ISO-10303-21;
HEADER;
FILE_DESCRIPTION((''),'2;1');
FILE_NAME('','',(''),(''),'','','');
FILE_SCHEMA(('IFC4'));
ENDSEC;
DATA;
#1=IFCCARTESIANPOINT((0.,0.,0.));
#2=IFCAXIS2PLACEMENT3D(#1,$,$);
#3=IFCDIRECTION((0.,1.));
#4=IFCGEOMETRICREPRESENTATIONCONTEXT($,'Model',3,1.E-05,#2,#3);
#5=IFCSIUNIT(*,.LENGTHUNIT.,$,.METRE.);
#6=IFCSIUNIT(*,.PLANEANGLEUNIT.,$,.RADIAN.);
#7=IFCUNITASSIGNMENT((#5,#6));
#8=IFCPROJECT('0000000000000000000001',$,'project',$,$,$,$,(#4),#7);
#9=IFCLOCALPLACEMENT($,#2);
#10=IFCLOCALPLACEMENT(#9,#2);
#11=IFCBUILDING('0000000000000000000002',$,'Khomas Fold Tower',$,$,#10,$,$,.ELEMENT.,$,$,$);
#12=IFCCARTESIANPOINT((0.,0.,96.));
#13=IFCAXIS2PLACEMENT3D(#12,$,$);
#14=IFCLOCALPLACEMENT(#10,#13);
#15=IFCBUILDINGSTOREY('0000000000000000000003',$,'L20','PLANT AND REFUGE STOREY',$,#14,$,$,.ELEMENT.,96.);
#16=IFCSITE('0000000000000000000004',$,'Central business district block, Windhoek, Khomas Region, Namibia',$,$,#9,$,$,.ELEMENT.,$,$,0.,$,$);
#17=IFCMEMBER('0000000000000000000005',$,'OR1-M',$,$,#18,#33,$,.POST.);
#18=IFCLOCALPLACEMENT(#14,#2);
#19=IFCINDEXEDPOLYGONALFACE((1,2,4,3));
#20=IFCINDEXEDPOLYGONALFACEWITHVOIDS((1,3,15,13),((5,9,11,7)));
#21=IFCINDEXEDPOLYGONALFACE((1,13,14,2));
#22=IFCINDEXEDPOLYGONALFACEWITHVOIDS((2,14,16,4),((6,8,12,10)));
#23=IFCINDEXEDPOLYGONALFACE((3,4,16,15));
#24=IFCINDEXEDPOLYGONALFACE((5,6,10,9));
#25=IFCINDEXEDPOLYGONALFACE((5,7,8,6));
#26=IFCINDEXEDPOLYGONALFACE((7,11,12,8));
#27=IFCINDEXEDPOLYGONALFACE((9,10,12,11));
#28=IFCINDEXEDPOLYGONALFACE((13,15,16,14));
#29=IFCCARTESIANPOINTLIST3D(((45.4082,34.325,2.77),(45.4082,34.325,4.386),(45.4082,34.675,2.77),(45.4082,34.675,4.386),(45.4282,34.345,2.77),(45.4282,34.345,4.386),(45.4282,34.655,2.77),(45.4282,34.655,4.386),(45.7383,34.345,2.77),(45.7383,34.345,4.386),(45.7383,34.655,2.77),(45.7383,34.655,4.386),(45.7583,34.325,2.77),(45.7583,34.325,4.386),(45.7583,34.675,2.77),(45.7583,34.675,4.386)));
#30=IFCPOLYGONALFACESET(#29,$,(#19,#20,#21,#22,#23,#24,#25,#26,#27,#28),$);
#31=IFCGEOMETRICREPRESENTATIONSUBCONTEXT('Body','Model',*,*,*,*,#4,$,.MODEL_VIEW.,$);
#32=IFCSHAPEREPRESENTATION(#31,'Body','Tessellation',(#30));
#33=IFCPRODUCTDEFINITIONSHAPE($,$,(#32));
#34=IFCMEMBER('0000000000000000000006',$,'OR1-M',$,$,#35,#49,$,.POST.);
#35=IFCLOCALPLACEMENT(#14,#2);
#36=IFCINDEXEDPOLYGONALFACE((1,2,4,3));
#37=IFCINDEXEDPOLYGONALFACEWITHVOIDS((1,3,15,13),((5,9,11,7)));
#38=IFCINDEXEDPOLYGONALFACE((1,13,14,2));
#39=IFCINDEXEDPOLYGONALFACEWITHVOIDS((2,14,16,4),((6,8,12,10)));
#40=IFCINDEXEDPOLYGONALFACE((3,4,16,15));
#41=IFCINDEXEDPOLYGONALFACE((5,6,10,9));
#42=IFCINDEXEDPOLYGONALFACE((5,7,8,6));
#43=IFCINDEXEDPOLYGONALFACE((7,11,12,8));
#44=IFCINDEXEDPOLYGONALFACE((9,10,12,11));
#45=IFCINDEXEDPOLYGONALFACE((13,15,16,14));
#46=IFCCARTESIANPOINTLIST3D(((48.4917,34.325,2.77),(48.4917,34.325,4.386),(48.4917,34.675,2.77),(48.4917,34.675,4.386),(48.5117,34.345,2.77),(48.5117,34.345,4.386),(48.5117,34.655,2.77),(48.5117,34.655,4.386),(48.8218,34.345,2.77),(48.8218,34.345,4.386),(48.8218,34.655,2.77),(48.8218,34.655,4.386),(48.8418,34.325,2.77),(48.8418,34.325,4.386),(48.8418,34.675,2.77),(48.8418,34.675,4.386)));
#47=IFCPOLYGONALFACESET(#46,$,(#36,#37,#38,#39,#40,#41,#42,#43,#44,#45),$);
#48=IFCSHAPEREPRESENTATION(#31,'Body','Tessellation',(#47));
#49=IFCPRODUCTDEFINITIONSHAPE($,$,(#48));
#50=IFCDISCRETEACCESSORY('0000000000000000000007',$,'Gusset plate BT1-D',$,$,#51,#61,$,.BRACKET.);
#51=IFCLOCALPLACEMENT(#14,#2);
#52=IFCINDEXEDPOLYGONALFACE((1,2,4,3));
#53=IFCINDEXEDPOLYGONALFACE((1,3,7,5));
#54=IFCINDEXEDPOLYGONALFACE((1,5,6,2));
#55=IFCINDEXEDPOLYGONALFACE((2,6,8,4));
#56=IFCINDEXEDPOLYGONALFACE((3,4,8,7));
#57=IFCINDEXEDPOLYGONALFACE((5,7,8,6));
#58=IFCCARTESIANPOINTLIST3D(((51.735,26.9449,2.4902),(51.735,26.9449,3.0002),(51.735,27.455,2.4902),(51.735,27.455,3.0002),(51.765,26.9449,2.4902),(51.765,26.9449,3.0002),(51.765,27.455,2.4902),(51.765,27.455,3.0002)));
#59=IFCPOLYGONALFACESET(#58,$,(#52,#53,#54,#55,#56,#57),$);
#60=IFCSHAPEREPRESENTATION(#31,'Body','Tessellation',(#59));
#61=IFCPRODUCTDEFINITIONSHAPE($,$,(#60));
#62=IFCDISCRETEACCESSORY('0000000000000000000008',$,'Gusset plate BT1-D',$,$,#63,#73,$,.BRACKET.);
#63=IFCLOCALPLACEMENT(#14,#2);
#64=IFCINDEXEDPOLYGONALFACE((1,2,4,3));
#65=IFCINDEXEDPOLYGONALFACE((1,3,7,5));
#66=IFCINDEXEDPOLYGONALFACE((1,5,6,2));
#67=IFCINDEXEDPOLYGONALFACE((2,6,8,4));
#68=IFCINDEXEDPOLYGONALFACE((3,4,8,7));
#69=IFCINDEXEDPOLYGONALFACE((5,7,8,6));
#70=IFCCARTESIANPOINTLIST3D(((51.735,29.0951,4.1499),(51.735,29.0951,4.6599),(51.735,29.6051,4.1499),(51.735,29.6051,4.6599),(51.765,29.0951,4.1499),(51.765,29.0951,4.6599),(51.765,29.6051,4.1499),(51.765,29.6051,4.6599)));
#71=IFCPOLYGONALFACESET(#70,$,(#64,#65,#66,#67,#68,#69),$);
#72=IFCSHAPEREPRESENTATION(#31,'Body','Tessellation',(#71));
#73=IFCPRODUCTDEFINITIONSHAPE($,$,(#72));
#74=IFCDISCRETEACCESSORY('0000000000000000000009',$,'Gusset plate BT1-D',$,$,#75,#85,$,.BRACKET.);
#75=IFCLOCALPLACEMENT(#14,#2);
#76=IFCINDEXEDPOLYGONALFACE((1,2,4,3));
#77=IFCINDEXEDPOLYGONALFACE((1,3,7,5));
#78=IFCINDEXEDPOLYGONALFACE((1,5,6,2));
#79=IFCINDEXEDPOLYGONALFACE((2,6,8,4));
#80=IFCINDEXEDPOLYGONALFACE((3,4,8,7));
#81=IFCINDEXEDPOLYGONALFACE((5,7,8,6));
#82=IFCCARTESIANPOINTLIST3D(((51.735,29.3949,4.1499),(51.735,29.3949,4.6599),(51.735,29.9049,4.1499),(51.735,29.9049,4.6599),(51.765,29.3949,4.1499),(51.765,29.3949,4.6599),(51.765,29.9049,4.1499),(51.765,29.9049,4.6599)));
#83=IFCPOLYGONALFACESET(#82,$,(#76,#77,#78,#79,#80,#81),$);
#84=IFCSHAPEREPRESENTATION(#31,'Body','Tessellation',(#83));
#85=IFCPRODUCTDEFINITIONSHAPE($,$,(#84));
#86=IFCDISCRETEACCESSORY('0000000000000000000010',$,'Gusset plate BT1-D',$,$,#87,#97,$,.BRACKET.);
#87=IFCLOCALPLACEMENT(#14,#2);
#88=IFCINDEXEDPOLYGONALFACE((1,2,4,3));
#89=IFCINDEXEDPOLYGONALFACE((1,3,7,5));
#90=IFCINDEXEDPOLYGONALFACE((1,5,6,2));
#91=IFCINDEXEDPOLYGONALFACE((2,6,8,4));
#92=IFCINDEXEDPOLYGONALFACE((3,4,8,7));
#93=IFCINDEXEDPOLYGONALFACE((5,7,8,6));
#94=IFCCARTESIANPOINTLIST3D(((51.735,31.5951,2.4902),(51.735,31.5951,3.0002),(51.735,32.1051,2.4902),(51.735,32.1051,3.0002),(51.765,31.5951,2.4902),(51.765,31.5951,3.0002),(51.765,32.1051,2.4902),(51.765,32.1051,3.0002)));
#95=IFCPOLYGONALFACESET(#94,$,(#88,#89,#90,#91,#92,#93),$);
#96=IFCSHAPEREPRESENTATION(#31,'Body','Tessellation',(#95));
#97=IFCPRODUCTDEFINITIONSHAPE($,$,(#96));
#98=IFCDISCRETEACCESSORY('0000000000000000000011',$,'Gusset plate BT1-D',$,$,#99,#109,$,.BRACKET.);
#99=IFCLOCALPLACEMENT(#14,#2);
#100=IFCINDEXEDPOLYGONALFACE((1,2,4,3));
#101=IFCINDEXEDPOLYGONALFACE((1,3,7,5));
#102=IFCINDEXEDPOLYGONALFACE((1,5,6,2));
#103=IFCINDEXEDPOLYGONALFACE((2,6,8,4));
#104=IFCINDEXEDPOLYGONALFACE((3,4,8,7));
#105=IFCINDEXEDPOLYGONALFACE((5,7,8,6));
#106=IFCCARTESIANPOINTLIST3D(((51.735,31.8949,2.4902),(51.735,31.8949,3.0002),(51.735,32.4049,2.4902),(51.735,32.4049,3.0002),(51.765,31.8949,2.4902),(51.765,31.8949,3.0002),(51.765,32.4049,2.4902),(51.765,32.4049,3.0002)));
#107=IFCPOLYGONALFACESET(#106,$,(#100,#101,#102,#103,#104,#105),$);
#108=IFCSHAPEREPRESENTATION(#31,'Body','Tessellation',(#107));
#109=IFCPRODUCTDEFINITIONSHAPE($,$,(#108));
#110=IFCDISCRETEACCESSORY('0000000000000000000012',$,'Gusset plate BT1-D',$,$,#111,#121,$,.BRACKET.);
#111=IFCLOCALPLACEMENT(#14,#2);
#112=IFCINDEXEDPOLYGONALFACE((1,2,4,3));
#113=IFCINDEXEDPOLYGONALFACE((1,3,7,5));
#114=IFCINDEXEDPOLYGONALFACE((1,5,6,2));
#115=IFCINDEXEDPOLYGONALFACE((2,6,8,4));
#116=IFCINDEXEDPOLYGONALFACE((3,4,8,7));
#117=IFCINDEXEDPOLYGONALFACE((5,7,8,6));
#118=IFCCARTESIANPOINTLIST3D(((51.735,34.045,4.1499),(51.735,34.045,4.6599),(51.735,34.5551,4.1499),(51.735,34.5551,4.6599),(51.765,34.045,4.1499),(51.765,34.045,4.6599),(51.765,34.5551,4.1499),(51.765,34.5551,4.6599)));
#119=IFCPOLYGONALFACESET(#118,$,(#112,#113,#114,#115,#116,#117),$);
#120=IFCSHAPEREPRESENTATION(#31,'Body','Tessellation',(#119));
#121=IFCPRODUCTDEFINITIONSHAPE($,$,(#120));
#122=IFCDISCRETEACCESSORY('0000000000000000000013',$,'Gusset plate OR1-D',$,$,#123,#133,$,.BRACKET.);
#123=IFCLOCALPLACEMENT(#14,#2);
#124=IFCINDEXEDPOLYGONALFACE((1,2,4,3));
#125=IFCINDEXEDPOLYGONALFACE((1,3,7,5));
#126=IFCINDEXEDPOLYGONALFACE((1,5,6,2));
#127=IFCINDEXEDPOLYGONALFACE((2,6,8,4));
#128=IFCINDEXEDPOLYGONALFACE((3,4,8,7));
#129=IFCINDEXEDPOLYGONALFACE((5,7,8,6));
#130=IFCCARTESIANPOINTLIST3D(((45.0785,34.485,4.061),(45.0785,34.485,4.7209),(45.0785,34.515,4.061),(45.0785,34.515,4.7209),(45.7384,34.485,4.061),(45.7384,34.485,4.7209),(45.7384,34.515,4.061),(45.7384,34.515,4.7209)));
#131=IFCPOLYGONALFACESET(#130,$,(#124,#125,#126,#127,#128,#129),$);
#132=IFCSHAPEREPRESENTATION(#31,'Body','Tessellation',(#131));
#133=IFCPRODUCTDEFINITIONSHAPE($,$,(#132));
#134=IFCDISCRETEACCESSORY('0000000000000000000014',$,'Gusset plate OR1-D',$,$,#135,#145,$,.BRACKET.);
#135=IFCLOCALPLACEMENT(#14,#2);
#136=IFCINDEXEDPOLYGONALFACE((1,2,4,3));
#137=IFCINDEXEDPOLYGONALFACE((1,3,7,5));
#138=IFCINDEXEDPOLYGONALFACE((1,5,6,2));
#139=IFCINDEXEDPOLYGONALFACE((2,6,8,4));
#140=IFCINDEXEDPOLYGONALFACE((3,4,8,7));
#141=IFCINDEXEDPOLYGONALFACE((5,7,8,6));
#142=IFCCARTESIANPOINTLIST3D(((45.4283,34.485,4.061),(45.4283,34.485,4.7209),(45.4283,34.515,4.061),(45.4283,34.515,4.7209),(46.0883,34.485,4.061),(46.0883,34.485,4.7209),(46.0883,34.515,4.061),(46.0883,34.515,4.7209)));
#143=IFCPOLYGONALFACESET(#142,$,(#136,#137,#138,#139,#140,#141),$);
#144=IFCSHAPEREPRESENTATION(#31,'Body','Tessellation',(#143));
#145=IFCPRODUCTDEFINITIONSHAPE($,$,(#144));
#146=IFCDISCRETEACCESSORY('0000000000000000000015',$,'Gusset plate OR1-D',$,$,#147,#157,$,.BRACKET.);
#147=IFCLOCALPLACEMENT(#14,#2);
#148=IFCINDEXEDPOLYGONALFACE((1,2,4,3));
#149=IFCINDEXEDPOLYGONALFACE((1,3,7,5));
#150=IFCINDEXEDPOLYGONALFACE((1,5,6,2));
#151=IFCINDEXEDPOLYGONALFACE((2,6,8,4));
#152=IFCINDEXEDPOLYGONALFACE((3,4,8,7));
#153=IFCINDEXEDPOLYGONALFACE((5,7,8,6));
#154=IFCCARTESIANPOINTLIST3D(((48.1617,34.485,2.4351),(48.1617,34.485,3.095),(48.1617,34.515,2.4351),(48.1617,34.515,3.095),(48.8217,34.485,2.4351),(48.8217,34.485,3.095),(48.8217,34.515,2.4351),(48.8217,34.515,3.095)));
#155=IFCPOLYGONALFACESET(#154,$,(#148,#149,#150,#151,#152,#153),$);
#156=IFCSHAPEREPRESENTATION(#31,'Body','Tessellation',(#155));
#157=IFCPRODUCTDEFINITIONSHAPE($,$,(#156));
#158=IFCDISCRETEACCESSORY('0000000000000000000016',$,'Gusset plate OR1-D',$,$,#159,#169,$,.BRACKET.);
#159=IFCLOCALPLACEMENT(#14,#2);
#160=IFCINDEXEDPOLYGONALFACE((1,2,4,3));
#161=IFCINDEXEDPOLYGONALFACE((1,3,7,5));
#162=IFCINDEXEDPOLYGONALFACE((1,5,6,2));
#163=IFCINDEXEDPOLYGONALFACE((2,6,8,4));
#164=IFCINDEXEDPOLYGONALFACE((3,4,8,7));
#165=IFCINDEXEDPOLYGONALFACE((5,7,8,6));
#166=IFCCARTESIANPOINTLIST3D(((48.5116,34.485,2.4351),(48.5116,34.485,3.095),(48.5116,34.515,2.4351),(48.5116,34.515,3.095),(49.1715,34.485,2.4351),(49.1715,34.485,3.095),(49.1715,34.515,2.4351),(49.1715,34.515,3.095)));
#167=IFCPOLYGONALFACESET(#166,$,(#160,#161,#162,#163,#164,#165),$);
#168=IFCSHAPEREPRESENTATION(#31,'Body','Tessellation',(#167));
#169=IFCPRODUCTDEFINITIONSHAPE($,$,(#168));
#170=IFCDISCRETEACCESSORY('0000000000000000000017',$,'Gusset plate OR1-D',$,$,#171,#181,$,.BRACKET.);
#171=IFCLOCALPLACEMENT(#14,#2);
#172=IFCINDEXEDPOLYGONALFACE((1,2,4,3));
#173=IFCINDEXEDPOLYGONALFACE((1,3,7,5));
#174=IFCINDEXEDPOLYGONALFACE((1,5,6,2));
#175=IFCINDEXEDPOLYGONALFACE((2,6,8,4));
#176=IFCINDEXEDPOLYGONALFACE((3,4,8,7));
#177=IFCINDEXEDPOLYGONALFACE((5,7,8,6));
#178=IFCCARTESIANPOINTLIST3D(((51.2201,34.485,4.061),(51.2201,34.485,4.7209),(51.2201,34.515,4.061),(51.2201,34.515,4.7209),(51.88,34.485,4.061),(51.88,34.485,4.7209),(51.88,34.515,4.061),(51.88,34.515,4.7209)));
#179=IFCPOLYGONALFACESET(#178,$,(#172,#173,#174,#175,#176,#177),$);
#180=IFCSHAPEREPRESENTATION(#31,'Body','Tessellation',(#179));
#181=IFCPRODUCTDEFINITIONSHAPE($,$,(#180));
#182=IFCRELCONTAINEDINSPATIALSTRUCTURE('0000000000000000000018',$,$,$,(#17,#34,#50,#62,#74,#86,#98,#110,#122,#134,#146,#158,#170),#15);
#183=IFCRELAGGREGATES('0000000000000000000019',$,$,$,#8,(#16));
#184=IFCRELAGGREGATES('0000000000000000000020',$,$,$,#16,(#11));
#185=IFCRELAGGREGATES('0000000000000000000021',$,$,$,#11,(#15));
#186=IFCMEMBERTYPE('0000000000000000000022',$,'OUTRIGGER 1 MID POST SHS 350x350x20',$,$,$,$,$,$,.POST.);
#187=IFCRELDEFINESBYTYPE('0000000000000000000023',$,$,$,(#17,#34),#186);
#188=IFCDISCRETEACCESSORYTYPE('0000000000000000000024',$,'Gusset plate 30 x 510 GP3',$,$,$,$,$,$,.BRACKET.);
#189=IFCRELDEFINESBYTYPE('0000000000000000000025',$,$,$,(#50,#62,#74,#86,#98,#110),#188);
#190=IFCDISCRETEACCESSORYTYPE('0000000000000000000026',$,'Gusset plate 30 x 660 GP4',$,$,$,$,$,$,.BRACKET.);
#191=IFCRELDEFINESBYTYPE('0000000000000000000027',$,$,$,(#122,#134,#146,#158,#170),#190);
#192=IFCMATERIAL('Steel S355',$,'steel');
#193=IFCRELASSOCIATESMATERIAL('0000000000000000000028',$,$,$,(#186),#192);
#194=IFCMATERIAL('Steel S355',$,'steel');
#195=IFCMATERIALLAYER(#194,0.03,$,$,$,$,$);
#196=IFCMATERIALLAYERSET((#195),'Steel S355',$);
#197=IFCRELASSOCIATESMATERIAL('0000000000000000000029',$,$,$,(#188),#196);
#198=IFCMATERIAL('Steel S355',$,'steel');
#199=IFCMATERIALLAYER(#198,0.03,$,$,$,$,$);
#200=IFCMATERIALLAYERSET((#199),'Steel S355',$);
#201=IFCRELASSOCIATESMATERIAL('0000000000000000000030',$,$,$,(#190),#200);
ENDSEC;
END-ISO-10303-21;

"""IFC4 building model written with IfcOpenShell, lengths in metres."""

from ifc_helpers import new_model, si_unit, direction, frame, origin, origin_2d, place, context, subcontext, project, spatial, rectangle, hollow_rectangle, extrude, source, transform, mapped, material, layer, layer_set, material_profile, profile_set, type_object, element, save


model = new_model("IFC4")

# Units and contexts
model_context = context("Model", 3, precision=1e-05, world=origin(), true_north=direction((0.0, 1.0)))
body_context = subcontext(model_context, "Body", "Model", "MODEL_VIEW")
ifc_project = project(units=[si_unit("LENGTHUNIT", "METRE"), si_unit("PLANEANGLEUNIT", "RADIAN")], contexts=[model_context])

# Site, building, storey
site_placement = place(None, origin())
site = spatial("IfcSite", under=ifc_project, at=site_placement, Name="Central business district block, Windhoek, Khomas Region, Namibia", CompositionType="ELEMENT", RefElevation=0.0)
building_placement = place(site_placement, origin())
building = spatial("IfcBuilding", under=site, at=building_placement, Name="Khomas Fold Tower", CompositionType="ELEMENT")
storey_placement = place(building_placement, frame((0.0, 0.0, 96.0)))
storey = spatial("IfcBuildingStorey", under=building, at=storey_placement, Name="L20", Description="PLANT AND REFUGE STOREY", CompositionType="ELEMENT", Elevation=96.0)

# Members
ifc_material_1 = material(Name="Steel S355", Category="steel")
ifc_material_profile_1 = material_profile(ifc_material_1, hollow_rectangle(XDim=0.3501, YDim=0.3501, WallThickness=0.02, at=origin_2d()), Name="SHS 350x350x20")
ifc_profile_set_1 = profile_set([ifc_material_profile_1], Name="Steel S355")
member_type_1 = type_object("IfcMemberType", Name="OUTRIGGER 1 MID POST SHS 350x350x20", PredefinedType="POST", material=ifc_profile_set_1)
shared_shape_1 = source(origin(), body_context, "Body", "SweptSolid", [
    extrude(hollow_rectangle(XDim=0.3501, YDim=0.3501, WallThickness=0.02, at=origin_2d()), origin(), (0.0, 0.0, 1.0), 1.616),
])
for number, where, z_axis, x_axis, name in (
    (1, (45.5833, 34.5, 2.77), (0.0, 0.0, 1.0), (1.0, 0.0, 0.0), "OR1-M"),
    (2, (48.6667, 34.5, 2.77), (0.0, 0.0, 1.0), (1.0, 0.0, 0.0), "OR1-M"),
):
    element("IfcMember", number, at=place(storey_placement, frame(where, z_axis=z_axis, x_axis=x_axis)), inside=storey, type_object=member_type_1, Name=name, PredefinedType="POST", context=body_context, shape_type="MappedRepresentation", body=[
        mapped(shared_shape_1, transform((0.0, 0.0, 0.0))),
    ])

# Discrete accessories
ifc_material_2 = material(Name="Steel S355", Category="steel")
ifc_layer_1 = layer(ifc_material_2, 0.03)
ifc_layer_set_1 = layer_set([ifc_layer_1], Name="Steel S355")
discrete_accessory_type_1 = type_object("IfcDiscreteAccessoryType", Name="Gusset plate 30 x 510 GP3", PredefinedType="BRACKET", material=ifc_layer_set_1)
shared_shape_2 = source(origin(), body_context, "Body", "SweptSolid", [
    extrude(rectangle(XDim=0.51, YDim=0.03, at=origin_2d()), origin(), (0.0, 0.0, 1.0), 0.51),
])
for number, where, z_axis, x_axis, name in (
    (3, (51.75, 27.2, 2.4902), (0.0, 0.0, 1.0), (0.0, 1.0, 0.0), "Gusset plate BT1-D"),
    (4, (51.75, 29.3501, 4.1499), (0.0, 0.0, 1.0), (0.0, 1.0, 0.0), "Gusset plate BT1-D"),
    (5, (51.75, 29.6499, 4.1499), (0.0, 0.0, 1.0), (0.0, 1.0, 0.0), "Gusset plate BT1-D"),
    (6, (51.75, 31.8501, 2.4902), (0.0, 0.0, 1.0), (0.0, 1.0, 0.0), "Gusset plate BT1-D"),
    (7, (51.75, 32.1499, 2.4902), (0.0, 0.0, 1.0), (0.0, 1.0, 0.0), "Gusset plate BT1-D"),
    (8, (51.75, 34.3, 4.1499), (0.0, 0.0, 1.0), (0.0, 1.0, 0.0), "Gusset plate BT1-D"),
):
    element("IfcDiscreteAccessory", number, at=place(storey_placement, frame(where, z_axis=z_axis, x_axis=x_axis)), inside=storey, type_object=discrete_accessory_type_1, Name=name, PredefinedType="BRACKET", context=body_context, shape_type="MappedRepresentation", body=[
        mapped(shared_shape_2, transform((0.0, 0.0, 0.0))),
    ])
ifc_material_3 = material(Name="Steel S355", Category="steel")
ifc_layer_2 = layer(ifc_material_3, 0.03)
ifc_layer_set_2 = layer_set([ifc_layer_2], Name="Steel S355")
discrete_accessory_type_2 = type_object("IfcDiscreteAccessoryType", Name="Gusset plate 30 x 660 GP4", PredefinedType="BRACKET", material=ifc_layer_set_2)
shared_shape_3 = source(origin(), body_context, "Body", "SweptSolid", [
    extrude(rectangle(XDim=0.6599, YDim=0.03, at=origin_2d()), origin(), (0.0, 0.0, 1.0), 0.6599),
])
for number, where, z_axis, x_axis, name in (
    (9, (45.4084, 34.5, 4.061), (0.0, 0.0, 1.0), (1.0, 0.0, 0.0), "Gusset plate OR1-D"),
    (10, (45.7583, 34.5, 4.061), (0.0, 0.0, 1.0), (1.0, 0.0, 0.0), "Gusset plate OR1-D"),
    (11, (48.4917, 34.5, 2.4351), (0.0, 0.0, 1.0), (1.0, 0.0, 0.0), "Gusset plate OR1-D"),
    (12, (48.8416, 34.5, 2.4351), (0.0, 0.0, 1.0), (1.0, 0.0, 0.0), "Gusset plate OR1-D"),
    (13, (51.55, 34.5, 4.061), (0.0, 0.0, 1.0), (1.0, 0.0, 0.0), "Gusset plate OR1-D"),
):
    element("IfcDiscreteAccessory", number, at=place(storey_placement, frame(where, z_axis=z_axis, x_axis=x_axis)), inside=storey, type_object=discrete_accessory_type_2, Name=name, PredefinedType="BRACKET", context=body_context, shape_type="MappedRepresentation", body=[
        mapped(shared_shape_3, transform((0.0, 0.0, 0.0))),
    ])

save(model, "model.ifc")
